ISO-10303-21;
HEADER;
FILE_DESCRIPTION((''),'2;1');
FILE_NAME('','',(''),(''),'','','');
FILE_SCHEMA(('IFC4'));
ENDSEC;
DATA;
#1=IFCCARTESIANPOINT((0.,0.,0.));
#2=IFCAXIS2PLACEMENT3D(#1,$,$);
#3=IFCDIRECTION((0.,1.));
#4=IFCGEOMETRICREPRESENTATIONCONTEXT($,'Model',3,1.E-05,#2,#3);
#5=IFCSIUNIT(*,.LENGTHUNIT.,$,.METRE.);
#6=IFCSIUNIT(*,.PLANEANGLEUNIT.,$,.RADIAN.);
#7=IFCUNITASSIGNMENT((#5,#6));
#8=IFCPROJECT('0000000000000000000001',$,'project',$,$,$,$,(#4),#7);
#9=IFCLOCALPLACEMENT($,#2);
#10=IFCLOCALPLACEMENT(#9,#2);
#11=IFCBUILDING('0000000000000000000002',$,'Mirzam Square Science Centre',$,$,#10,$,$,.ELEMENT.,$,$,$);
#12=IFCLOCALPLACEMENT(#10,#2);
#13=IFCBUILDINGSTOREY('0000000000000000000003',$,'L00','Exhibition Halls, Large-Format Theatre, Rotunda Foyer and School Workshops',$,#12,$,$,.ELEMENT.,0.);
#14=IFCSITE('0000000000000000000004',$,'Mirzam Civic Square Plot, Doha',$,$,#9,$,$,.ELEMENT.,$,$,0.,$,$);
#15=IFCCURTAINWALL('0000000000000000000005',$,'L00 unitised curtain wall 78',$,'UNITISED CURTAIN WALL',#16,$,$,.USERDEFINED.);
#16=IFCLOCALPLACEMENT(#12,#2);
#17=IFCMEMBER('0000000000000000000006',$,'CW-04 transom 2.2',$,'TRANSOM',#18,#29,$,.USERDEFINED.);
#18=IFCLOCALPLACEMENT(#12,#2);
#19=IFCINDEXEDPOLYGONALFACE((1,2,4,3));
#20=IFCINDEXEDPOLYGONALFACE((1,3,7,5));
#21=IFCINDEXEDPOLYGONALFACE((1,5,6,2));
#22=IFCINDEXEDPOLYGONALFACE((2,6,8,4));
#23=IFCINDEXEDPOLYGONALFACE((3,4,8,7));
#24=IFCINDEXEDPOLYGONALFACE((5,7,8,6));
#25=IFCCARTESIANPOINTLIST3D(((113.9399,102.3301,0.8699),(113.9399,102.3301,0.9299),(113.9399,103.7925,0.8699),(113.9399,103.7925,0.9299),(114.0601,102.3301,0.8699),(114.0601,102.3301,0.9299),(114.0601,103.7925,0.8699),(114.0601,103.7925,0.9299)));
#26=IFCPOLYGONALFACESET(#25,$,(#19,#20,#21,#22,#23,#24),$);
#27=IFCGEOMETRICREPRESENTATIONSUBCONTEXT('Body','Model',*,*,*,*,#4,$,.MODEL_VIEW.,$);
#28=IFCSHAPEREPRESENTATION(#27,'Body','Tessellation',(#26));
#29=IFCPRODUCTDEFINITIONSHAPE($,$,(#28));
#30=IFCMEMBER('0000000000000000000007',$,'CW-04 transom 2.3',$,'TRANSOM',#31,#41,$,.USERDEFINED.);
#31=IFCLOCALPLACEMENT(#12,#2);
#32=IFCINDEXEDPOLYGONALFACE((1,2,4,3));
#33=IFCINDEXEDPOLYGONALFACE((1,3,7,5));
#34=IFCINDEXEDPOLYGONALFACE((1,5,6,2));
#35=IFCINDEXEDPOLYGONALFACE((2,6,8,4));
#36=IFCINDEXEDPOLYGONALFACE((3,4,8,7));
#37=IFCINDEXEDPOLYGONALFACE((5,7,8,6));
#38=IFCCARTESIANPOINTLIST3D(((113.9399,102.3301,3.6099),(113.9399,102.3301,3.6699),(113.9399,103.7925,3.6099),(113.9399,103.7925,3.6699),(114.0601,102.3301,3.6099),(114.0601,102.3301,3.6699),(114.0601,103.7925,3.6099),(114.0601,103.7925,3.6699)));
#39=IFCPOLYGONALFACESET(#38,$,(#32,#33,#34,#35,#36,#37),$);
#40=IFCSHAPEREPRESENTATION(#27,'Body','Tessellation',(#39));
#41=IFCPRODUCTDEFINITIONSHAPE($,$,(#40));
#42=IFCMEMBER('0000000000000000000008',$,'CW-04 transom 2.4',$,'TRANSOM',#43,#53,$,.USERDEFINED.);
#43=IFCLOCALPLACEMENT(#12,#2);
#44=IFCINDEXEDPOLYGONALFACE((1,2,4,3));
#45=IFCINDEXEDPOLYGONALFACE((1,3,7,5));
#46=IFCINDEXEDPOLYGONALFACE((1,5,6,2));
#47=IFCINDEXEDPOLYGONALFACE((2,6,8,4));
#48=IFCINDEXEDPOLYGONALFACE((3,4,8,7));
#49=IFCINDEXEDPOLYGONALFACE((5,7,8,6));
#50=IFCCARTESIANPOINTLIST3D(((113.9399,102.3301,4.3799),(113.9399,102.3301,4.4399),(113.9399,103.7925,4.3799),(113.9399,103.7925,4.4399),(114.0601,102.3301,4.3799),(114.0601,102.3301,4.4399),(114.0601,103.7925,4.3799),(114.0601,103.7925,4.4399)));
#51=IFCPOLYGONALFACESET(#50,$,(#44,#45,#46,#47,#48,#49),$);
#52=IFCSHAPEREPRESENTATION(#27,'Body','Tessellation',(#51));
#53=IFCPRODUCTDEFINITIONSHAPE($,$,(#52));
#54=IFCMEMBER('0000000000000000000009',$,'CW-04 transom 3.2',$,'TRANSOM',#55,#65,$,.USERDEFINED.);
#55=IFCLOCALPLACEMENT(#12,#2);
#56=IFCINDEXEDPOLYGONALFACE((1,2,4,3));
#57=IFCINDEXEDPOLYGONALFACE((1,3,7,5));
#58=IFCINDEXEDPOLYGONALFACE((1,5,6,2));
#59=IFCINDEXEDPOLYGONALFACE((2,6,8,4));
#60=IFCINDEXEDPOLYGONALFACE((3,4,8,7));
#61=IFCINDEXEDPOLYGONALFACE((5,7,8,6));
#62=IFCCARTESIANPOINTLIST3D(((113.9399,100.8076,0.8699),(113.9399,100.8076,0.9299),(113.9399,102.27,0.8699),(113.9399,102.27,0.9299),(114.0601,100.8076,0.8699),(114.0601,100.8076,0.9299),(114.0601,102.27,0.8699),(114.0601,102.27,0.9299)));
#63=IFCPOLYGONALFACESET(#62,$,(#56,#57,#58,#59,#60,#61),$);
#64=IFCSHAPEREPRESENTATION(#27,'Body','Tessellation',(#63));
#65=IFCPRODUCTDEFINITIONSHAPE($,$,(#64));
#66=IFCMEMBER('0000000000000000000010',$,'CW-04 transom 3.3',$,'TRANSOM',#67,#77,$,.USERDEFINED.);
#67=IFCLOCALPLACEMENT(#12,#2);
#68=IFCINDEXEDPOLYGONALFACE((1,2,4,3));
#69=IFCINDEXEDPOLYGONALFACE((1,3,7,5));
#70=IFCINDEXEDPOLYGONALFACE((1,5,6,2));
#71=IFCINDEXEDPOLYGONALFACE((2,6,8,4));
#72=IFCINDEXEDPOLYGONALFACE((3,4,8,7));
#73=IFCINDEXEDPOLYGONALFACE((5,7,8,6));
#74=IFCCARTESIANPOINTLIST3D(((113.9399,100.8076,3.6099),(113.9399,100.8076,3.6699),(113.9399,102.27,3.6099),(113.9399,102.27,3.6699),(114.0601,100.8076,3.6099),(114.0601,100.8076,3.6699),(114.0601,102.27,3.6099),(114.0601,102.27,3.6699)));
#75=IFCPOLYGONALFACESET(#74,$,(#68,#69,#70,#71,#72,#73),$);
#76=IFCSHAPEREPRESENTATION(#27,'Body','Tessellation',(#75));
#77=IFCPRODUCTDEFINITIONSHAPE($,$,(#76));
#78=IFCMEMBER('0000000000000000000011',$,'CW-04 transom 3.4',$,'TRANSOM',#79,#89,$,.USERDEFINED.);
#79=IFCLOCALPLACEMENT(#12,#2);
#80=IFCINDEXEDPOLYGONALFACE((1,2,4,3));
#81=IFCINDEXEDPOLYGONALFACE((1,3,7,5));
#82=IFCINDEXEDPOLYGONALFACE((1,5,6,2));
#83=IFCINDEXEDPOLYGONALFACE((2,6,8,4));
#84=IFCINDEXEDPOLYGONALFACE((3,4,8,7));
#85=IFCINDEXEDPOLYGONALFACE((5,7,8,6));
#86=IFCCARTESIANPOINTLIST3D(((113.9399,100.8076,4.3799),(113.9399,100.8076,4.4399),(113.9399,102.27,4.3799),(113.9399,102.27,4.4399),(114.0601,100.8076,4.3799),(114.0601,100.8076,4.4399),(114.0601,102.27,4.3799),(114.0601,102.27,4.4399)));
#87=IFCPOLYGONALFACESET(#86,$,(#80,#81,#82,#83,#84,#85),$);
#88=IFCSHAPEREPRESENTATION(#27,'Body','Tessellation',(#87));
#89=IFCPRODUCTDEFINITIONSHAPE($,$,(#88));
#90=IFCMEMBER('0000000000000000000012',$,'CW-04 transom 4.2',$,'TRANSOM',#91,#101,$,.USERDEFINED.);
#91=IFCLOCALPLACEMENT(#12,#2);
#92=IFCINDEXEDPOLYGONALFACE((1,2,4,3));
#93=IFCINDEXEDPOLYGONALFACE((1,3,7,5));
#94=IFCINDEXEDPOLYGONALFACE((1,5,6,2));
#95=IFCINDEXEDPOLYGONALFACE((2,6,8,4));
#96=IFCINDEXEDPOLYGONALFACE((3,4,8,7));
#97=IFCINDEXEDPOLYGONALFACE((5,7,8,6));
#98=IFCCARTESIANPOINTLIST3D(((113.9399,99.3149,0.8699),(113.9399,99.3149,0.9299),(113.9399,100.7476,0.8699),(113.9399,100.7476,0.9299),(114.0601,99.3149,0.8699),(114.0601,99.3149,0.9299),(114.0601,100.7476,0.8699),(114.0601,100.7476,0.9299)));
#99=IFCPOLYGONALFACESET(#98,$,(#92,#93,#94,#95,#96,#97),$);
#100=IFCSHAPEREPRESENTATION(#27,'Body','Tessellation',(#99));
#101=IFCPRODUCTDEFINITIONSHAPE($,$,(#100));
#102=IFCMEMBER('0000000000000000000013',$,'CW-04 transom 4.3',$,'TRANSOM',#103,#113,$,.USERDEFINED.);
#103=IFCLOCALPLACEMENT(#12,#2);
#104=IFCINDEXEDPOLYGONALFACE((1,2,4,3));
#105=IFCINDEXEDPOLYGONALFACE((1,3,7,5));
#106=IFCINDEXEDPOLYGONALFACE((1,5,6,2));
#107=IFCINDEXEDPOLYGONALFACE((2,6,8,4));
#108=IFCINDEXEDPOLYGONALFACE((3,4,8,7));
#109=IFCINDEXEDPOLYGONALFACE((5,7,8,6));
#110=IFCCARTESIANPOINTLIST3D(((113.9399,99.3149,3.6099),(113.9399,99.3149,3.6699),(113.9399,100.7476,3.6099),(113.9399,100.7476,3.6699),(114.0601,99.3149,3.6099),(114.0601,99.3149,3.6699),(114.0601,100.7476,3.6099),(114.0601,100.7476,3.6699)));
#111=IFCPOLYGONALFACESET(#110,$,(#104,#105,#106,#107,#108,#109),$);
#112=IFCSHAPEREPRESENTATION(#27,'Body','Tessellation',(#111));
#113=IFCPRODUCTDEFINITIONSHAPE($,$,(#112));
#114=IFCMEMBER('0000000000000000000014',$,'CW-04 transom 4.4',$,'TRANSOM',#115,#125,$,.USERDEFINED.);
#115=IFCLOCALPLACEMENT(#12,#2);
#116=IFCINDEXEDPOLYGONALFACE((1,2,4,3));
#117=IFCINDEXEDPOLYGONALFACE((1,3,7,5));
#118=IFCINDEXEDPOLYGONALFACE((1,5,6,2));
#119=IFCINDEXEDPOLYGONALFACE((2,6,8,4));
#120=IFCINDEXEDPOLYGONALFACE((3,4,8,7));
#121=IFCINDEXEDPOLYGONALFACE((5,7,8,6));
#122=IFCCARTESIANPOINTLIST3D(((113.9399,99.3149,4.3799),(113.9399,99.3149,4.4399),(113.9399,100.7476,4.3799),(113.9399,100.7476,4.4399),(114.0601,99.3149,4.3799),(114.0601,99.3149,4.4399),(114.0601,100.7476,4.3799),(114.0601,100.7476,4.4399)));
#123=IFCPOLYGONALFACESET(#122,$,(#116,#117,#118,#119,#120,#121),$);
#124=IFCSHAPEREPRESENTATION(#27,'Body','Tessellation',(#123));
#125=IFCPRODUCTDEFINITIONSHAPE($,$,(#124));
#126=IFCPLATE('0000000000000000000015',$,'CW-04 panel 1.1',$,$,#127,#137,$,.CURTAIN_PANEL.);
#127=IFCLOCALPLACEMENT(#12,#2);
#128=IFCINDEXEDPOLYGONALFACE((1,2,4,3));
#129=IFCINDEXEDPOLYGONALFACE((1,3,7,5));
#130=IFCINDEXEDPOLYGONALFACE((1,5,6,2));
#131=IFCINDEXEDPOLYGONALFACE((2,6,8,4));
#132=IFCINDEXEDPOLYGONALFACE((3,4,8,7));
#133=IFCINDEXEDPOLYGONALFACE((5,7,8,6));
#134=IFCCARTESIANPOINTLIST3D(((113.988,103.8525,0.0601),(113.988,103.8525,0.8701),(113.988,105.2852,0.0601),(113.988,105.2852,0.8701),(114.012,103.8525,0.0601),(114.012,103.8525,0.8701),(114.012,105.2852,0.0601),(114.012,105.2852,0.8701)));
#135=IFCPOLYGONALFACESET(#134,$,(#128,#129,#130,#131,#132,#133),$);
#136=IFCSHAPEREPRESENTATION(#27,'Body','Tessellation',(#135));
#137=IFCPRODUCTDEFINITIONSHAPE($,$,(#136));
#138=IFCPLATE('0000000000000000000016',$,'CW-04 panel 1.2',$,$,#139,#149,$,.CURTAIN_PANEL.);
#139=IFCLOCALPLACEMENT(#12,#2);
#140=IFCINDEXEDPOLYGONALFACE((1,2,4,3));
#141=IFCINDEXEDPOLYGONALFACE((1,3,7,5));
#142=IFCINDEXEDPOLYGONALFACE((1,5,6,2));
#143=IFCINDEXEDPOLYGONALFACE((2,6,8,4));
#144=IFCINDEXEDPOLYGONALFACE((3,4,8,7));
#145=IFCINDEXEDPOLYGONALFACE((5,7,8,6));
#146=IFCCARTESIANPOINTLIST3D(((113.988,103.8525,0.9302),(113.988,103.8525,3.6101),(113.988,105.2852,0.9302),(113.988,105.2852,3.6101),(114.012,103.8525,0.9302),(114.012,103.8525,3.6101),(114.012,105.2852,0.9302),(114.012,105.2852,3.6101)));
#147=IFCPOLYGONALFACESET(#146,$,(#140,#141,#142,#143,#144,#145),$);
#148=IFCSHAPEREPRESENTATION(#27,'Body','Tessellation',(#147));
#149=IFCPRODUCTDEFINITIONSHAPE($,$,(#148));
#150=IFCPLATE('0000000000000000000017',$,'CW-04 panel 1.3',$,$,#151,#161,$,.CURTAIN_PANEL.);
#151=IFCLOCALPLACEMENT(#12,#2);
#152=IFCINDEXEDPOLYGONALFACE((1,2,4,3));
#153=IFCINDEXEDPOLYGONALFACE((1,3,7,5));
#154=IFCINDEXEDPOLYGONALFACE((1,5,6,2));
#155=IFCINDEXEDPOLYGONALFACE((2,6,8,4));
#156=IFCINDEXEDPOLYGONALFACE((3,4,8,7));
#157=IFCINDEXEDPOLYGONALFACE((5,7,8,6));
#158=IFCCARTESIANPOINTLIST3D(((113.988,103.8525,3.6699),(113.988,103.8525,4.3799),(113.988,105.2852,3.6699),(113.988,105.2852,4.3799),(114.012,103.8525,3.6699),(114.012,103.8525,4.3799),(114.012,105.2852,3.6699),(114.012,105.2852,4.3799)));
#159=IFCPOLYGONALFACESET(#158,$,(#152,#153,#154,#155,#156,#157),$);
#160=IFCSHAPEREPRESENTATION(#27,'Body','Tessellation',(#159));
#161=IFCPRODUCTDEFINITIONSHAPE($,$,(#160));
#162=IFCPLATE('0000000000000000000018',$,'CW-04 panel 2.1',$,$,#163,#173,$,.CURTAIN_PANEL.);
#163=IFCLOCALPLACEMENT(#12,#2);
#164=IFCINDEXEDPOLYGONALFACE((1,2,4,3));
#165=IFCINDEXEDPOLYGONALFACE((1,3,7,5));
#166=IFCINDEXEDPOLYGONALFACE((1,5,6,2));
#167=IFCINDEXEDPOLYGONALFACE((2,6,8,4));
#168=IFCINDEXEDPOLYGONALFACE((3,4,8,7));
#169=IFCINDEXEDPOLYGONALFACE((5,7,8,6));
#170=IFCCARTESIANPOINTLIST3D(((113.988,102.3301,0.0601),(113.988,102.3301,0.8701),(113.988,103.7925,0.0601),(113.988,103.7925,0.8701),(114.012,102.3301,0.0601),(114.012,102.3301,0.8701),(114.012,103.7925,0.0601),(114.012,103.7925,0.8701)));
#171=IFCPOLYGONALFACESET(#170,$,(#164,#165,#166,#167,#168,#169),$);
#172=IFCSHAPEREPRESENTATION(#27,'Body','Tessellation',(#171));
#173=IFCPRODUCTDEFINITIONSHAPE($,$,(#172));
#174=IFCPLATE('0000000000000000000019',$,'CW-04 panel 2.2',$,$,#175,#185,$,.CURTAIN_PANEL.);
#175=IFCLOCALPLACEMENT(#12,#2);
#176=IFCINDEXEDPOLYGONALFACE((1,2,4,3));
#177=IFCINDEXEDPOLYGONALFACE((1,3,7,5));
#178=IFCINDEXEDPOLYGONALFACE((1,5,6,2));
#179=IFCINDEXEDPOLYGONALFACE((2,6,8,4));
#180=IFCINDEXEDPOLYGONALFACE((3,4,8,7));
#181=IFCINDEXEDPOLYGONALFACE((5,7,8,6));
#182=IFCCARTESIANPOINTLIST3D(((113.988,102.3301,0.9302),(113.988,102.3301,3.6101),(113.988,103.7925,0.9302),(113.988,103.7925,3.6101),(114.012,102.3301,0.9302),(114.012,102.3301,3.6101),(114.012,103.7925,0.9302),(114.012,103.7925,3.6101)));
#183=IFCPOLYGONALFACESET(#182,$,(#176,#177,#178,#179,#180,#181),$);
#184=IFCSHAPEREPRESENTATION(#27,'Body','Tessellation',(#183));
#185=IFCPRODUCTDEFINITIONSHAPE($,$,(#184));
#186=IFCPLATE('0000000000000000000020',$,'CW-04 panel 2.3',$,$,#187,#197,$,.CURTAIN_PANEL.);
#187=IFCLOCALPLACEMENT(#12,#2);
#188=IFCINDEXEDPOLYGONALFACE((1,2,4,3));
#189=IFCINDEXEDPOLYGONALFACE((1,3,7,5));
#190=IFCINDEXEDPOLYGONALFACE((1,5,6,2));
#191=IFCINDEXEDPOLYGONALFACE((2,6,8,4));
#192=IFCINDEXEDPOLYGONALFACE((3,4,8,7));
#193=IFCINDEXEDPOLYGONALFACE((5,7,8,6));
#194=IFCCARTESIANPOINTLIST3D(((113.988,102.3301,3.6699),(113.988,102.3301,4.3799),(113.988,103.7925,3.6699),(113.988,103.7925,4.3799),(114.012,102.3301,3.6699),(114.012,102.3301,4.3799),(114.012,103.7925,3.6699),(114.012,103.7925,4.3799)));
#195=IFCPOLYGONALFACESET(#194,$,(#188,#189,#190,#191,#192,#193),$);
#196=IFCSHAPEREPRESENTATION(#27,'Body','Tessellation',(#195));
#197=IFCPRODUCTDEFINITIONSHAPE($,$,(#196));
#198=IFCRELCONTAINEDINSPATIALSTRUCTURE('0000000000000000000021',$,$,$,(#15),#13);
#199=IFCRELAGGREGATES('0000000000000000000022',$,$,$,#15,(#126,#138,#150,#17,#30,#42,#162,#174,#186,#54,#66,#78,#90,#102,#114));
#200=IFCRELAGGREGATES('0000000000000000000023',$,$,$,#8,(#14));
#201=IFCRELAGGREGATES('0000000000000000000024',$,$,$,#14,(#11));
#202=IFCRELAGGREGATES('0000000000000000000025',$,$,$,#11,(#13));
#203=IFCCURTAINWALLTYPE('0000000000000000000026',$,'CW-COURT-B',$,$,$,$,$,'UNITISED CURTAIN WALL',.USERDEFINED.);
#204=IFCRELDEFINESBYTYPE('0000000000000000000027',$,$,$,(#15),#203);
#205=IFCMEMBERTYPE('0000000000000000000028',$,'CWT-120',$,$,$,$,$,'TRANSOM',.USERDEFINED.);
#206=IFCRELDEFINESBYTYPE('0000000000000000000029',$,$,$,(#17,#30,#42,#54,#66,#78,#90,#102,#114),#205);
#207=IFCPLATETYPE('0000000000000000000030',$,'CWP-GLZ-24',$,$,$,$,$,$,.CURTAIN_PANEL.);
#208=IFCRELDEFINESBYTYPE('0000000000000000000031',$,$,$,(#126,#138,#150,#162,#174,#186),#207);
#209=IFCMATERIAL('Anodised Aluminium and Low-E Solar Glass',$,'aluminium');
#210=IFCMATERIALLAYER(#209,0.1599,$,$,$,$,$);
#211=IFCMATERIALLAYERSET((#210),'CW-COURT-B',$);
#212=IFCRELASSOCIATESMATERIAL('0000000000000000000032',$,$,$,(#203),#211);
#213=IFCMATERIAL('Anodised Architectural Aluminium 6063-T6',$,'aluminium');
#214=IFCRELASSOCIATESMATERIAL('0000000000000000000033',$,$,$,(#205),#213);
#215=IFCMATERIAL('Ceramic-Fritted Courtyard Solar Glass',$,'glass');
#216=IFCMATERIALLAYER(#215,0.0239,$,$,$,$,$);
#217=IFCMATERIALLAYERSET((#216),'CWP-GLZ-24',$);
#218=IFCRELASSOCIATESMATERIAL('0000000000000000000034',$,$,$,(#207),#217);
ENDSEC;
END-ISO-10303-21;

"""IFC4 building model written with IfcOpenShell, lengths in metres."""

from ifc_helpers import new_model, si_unit, direction, frame, origin, origin_2d, place, context, subcontext, project, spatial, rectangle, extrude, material, layer, layer_set, material_profile, profile_set, type_object, element, aggregate, save


model = new_model("IFC4")

# Units and contexts
model_context = context("Model", 3, precision=1e-05, world=origin(), true_north=direction((0.0, 1.0)))
body_context = subcontext(model_context, "Body", "Model", "MODEL_VIEW")
ifc_project = project(units=[si_unit("LENGTHUNIT", "METRE"), si_unit("PLANEANGLEUNIT", "RADIAN")], contexts=[model_context])

# Site, building, storey
site_placement = place(None, origin())
site = spatial("IfcSite", under=ifc_project, at=site_placement, Name="Mirzam Civic Square Plot, Doha", CompositionType="ELEMENT", RefElevation=0.0)
building_placement = place(site_placement, origin())
building = spatial("IfcBuilding", under=site, at=building_placement, Name="Mirzam Square Science Centre", CompositionType="ELEMENT")
storey_placement = place(building_placement, origin())
storey = spatial("IfcBuildingStorey", under=building, at=storey_placement, Name="L00", Description="Exhibition Halls, Large-Format Theatre, Rotunda Foyer and School Workshops", CompositionType="ELEMENT", Elevation=0.0)

# Curtain wall, members, plates
ifc_material_1 = material(Name="Anodised Aluminium and Low-E Solar Glass", Category="aluminium")
ifc_layer_1 = layer(ifc_material_1, 0.1599)
ifc_layer_set_1 = layer_set([ifc_layer_1], Name="CW-COURT-B")
curtain_wall_type = type_object("IfcCurtainWallType", Name="CW-COURT-B", ElementType="UNITISED CURTAIN WALL", PredefinedType="USERDEFINED", material=ifc_layer_set_1)
curtain_wall_placement = place(storey_placement, origin())
curtain_wall = element("IfcCurtainWall", 1, at=curtain_wall_placement, inside=storey, type_object=curtain_wall_type, Name="L00 unitised curtain wall 78", ObjectType="UNITISED CURTAIN WALL", PredefinedType="USERDEFINED")
ifc_material_2 = material(Name="Anodised Architectural Aluminium 6063-T6", Category="aluminium")
ifc_material_profile = material_profile(ifc_material_2, rectangle(XDim=0.1201, YDim=0.0601, at=origin_2d()), Name="ALU-TRAN-120x60x4")
ifc_profile_set = profile_set([ifc_material_profile], Name="Anodised Architectural Aluminium 6063-T6")
member_type = type_object("IfcMemberType", Name="CWT-120", ElementType="TRANSOM", PredefinedType="USERDEFINED", material=ifc_profile_set)
member_1_placement = place(storey_placement, frame((114.0, 103.7925, 0.8999), z_axis=(0.0, -1.0, 0.0), x_axis=(1.0, 0.0, 0.0)))
member_1 = element("IfcMember", 2, at=member_1_placement, type_object=member_type, Name="CW-04 transom 2.2", ObjectType="TRANSOM", PredefinedType="USERDEFINED", context=body_context, shape_type="SweptSolid", body=[
    extrude(rectangle(XDim=0.1201, YDim=0.0601, at=origin_2d()), origin(), (0.0, 0.0, 1.0), 1.4624),
])
member_2_placement = place(storey_placement, frame((114.0, 103.7925, 3.6399), z_axis=(0.0, -1.0, 0.0), x_axis=(1.0, 0.0, 0.0)))
member_2 = element("IfcMember", 3, at=member_2_placement, type_object=member_type, Name="CW-04 transom 2.3", ObjectType="TRANSOM", PredefinedType="USERDEFINED", context=body_context, shape_type="SweptSolid", body=[
    extrude(rectangle(XDim=0.1201, YDim=0.0601, at=origin_2d()), origin(), (0.0, 0.0, 1.0), 1.4624),
])
member_3_placement = place(storey_placement, frame((114.0, 103.7925, 4.4099), z_axis=(0.0, -1.0, 0.0), x_axis=(1.0, 0.0, 0.0)))
member_3 = element("IfcMember", 4, at=member_3_placement, type_object=member_type, Name="CW-04 transom 2.4", ObjectType="TRANSOM", PredefinedType="USERDEFINED", context=body_context, shape_type="SweptSolid", body=[
    extrude(rectangle(XDim=0.1201, YDim=0.0601, at=origin_2d()), origin(), (0.0, 0.0, 1.0), 1.4624),
])
member_4_placement = place(storey_placement, frame((114.0, 102.27, 0.8999), z_axis=(0.0, -1.0, 0.0), x_axis=(1.0, 0.0, 0.0)))
member_4 = element("IfcMember", 5, at=member_4_placement, type_object=member_type, Name="CW-04 transom 3.2", ObjectType="TRANSOM", PredefinedType="USERDEFINED", context=body_context, shape_type="SweptSolid", body=[
    extrude(rectangle(XDim=0.1201, YDim=0.0601, at=origin_2d()), origin(), (0.0, 0.0, 1.0), 1.4624),
])
member_5_placement = place(storey_placement, frame((114.0, 102.27, 3.6399), z_axis=(0.0, -1.0, 0.0), x_axis=(1.0, 0.0, 0.0)))
member_5 = element("IfcMember", 6, at=member_5_placement, type_object=member_type, Name="CW-04 transom 3.3", ObjectType="TRANSOM", PredefinedType="USERDEFINED", context=body_context, shape_type="SweptSolid", body=[
    extrude(rectangle(XDim=0.1201, YDim=0.0601, at=origin_2d()), origin(), (0.0, 0.0, 1.0), 1.4624),
])
member_6_placement = place(storey_placement, frame((114.0, 102.27, 4.4099), z_axis=(0.0, -1.0, 0.0), x_axis=(1.0, 0.0, 0.0)))
member_6 = element("IfcMember", 7, at=member_6_placement, type_object=member_type, Name="CW-04 transom 3.4", ObjectType="TRANSOM", PredefinedType="USERDEFINED", context=body_context, shape_type="SweptSolid", body=[
    extrude(rectangle(XDim=0.1201, YDim=0.0601, at=origin_2d()), origin(), (0.0, 0.0, 1.0), 1.4624),
])
member_7_placement = place(storey_placement, frame((114.0, 100.7476, 0.8999), z_axis=(0.0, -1.0, 0.0), x_axis=(1.0, 0.0, 0.0)))
member_7 = element("IfcMember", 8, at=member_7_placement, type_object=member_type, Name="CW-04 transom 4.2", ObjectType="TRANSOM", PredefinedType="USERDEFINED", context=body_context, shape_type="SweptSolid", body=[
    extrude(rectangle(XDim=0.1201, YDim=0.0601, at=origin_2d()), origin(), (0.0, 0.0, 1.0), 1.4326),
])
member_8_placement = place(storey_placement, frame((114.0, 100.7476, 3.6399), z_axis=(0.0, -1.0, 0.0), x_axis=(1.0, 0.0, 0.0)))
member_8 = element("IfcMember", 9, at=member_8_placement, type_object=member_type, Name="CW-04 transom 4.3", ObjectType="TRANSOM", PredefinedType="USERDEFINED", context=body_context, shape_type="SweptSolid", body=[
    extrude(rectangle(XDim=0.1201, YDim=0.0601, at=origin_2d()), origin(), (0.0, 0.0, 1.0), 1.4326),
])
member_9_placement = place(storey_placement, frame((114.0, 100.7476, 4.4099), z_axis=(0.0, -1.0, 0.0), x_axis=(1.0, 0.0, 0.0)))
member_9 = element("IfcMember", 10, at=member_9_placement, type_object=member_type, Name="CW-04 transom 4.4", ObjectType="TRANSOM", PredefinedType="USERDEFINED", context=body_context, shape_type="SweptSolid", body=[
    extrude(rectangle(XDim=0.1201, YDim=0.0601, at=origin_2d()), origin(), (0.0, 0.0, 1.0), 1.4326),
])
ifc_material_3 = material(Name="Ceramic-Fritted Courtyard Solar Glass", Category="glass")
ifc_layer_2 = layer(ifc_material_3, 0.0239)
ifc_layer_set_2 = layer_set([ifc_layer_2], Name="CWP-GLZ-24")
plate_type = type_object("IfcPlateType", Name="CWP-GLZ-24", PredefinedType="CURTAIN_PANEL", material=ifc_layer_set_2)
plate_1_placement = place(storey_placement, frame((114.0, 104.5688, 0.0601), z_axis=(0.0, 0.0, 1.0), x_axis=(0.0, -1.0, 0.0)))
plate_1 = element("IfcPlate", 11, at=plate_1_placement, type_object=plate_type, Name="CW-04 panel 1.1", PredefinedType="CURTAIN_PANEL", context=body_context, shape_type="SweptSolid", body=[
    extrude(rectangle(XDim=1.4326, YDim=0.0239, at=origin_2d()), origin(), (0.0, 0.0, 1.0), 0.8101),
])
plate_2_placement = place(storey_placement, frame((114.0, 104.5688, 0.9302), z_axis=(0.0, 0.0, 1.0), x_axis=(0.0, -1.0, 0.0)))
plate_2 = element("IfcPlate", 12, at=plate_2_placement, type_object=plate_type, Name="CW-04 panel 1.2", PredefinedType="CURTAIN_PANEL", context=body_context, shape_type="SweptSolid", body=[
    extrude(rectangle(XDim=1.4326, YDim=0.0239, at=origin_2d()), origin(), (0.0, 0.0, 1.0), 2.6799),
])
plate_3_placement = place(storey_placement, frame((114.0, 104.5688, 3.6699), z_axis=(0.0, 0.0, 1.0), x_axis=(0.0, -1.0, 0.0)))
plate_3 = element("IfcPlate", 13, at=plate_3_placement, type_object=plate_type, Name="CW-04 panel 1.3", PredefinedType="CURTAIN_PANEL", context=body_context, shape_type="SweptSolid", body=[
    extrude(rectangle(XDim=1.4326, YDim=0.0239, at=origin_2d()), origin(), (0.0, 0.0, 1.0), 0.71),
])
plate_4_placement = place(storey_placement, frame((114.0, 103.0613, 0.0601), z_axis=(0.0, 0.0, 1.0), x_axis=(0.0, -1.0, 0.0)))
plate_4 = element("IfcPlate", 14, at=plate_4_placement, type_object=plate_type, Name="CW-04 panel 2.1", PredefinedType="CURTAIN_PANEL", context=body_context, shape_type="SweptSolid", body=[
    extrude(rectangle(XDim=1.4624, YDim=0.0239, at=origin_2d()), origin(), (0.0, 0.0, 1.0), 0.8101),
])
plate_5_placement = place(storey_placement, frame((114.0, 103.0613, 0.9302), z_axis=(0.0, 0.0, 1.0), x_axis=(0.0, -1.0, 0.0)))
plate_5 = element("IfcPlate", 15, at=plate_5_placement, type_object=plate_type, Name="CW-04 panel 2.2", PredefinedType="CURTAIN_PANEL", context=body_context, shape_type="SweptSolid", body=[
    extrude(rectangle(XDim=1.4624, YDim=0.0239, at=origin_2d()), origin(), (0.0, 0.0, 1.0), 2.6799),
])
plate_6_placement = place(storey_placement, frame((114.0, 103.0613, 3.6699), z_axis=(0.0, 0.0, 1.0), x_axis=(0.0, -1.0, 0.0)))
plate_6 = element("IfcPlate", 16, at=plate_6_placement, type_object=plate_type, Name="CW-04 panel 2.3", PredefinedType="CURTAIN_PANEL", context=body_context, shape_type="SweptSolid", body=[
    extrude(rectangle(XDim=1.4624, YDim=0.0239, at=origin_2d()), origin(), (0.0, 0.0, 1.0), 0.71),
])
aggregate(curtain_wall, [plate_1, plate_2, plate_3, member_1, member_2, member_3, plate_4, plate_5, plate_6, member_4, member_5, member_6, member_7, member_8, member_9])

save(model, "model.ifc")
